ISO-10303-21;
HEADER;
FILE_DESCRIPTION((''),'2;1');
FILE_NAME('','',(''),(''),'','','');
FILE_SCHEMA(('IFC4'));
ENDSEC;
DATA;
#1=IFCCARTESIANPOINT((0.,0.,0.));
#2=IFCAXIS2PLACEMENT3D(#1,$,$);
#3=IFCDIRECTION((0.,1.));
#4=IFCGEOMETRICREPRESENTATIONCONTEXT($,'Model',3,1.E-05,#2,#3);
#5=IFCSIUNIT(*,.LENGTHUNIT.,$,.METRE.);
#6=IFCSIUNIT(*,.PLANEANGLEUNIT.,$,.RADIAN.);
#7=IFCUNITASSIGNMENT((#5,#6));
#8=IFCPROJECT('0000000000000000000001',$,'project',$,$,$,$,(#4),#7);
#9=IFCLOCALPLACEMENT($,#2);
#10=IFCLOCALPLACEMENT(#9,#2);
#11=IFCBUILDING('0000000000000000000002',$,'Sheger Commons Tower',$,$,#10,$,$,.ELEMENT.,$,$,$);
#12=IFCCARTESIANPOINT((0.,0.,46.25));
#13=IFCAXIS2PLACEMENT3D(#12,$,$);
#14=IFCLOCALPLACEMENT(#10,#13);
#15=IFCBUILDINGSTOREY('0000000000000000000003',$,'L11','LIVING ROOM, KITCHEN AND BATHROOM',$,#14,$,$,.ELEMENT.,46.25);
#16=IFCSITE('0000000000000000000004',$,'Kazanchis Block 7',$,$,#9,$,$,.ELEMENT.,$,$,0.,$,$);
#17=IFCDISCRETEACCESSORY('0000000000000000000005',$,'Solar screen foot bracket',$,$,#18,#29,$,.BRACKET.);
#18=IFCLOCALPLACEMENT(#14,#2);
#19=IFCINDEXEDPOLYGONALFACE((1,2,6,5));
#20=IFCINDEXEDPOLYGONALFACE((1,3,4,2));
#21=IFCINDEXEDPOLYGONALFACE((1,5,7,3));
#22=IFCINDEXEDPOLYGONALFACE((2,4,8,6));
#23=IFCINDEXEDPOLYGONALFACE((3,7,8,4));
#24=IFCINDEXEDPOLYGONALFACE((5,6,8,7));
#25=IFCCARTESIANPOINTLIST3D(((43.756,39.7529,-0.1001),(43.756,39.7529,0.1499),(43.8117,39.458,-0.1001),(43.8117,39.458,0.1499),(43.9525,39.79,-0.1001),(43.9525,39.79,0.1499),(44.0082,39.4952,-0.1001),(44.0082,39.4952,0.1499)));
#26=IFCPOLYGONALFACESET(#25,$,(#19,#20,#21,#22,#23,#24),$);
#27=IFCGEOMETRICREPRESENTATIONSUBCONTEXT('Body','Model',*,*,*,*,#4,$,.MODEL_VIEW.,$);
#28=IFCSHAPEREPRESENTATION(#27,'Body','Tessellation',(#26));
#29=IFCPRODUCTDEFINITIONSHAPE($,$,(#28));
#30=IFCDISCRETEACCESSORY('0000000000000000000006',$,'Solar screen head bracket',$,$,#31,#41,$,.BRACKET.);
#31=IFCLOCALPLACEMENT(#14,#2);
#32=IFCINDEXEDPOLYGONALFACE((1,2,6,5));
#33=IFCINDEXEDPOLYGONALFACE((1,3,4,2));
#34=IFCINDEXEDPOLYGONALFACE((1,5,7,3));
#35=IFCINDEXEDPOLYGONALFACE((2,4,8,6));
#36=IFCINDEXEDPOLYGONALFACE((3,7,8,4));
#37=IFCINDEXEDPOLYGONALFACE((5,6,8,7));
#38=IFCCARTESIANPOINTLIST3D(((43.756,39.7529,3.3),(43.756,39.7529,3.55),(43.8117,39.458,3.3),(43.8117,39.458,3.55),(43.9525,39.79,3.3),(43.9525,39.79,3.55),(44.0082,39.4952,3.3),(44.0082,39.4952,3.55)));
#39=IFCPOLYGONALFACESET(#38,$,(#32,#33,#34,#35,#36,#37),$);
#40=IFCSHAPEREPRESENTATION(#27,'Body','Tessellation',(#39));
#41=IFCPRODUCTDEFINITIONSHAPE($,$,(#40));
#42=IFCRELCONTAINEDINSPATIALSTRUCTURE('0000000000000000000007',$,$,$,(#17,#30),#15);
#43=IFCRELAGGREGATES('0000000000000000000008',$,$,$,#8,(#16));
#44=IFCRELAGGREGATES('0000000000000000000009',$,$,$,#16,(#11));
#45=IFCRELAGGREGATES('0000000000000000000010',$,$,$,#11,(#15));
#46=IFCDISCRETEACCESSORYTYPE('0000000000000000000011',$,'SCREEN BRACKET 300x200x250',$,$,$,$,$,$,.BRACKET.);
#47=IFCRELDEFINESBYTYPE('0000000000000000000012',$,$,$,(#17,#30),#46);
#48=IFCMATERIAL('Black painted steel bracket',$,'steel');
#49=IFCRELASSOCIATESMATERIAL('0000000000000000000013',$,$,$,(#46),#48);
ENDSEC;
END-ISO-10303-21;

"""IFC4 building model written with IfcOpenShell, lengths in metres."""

from ifc_helpers import new_model, si_unit, direction, frame, origin, origin_2d, place, context, subcontext, project, spatial, rectangle, extrude, material, type_object, element, save


model = new_model("IFC4")

# Units and contexts
model_context = context("Model", 3, precision=1e-05, world=origin(), true_north=direction((0.0, 1.0)))
body_context = subcontext(model_context, "Body", "Model", "MODEL_VIEW")
ifc_project = project(units=[si_unit("LENGTHUNIT", "METRE"), si_unit("PLANEANGLEUNIT", "RADIAN")], contexts=[model_context])

# Site, building, storey
site_placement = place(None, origin())
site = spatial("IfcSite", under=ifc_project, at=site_placement, Name="Kazanchis Block 7", CompositionType="ELEMENT", RefElevation=0.0)
building_placement = place(site_placement, origin())
building = spatial("IfcBuilding", under=site, at=building_placement, Name="Sheger Commons Tower", CompositionType="ELEMENT")
storey_placement = place(building_placement, frame((0.0, 0.0, 46.25)))
storey = spatial("IfcBuildingStorey", under=building, at=storey_placement, Name="L11", Description="LIVING ROOM, KITCHEN AND BATHROOM", CompositionType="ELEMENT", Elevation=46.25)

# Discrete accessories
ifc_material_1 = material(Name="Black painted steel bracket", Category="steel")
discrete_accessory_type = type_object("IfcDiscreteAccessoryType", Name="SCREEN BRACKET 300x200x250", PredefinedType="BRACKET", material=ifc_material_1)
for number, where, z_axis, x_axis, name in (
    (1, (43.8821, 39.624, -0.1001), (0.0, 0.0, 1.0), (-0.185615, 0.982623, 0.0), "Solar screen foot bracket"),
    (2, (43.8821, 39.624, 3.3), (0.0, 0.0, 1.0), (-0.185615, 0.982623, 0.0), "Solar screen head bracket"),
):
    element("IfcDiscreteAccessory", number, at=place(storey_placement, frame(where, z_axis=z_axis, x_axis=x_axis)), inside=storey, type_object=discrete_accessory_type, Name=name, PredefinedType="BRACKET", context=body_context, shape_type="SweptSolid", body=[
        extrude(rectangle(XDim=0.3, YDim=0.2, at=origin_2d()), origin(), (0.0, 0.0, 1.0), 0.25),
    ])

save(model, "model.ifc")
